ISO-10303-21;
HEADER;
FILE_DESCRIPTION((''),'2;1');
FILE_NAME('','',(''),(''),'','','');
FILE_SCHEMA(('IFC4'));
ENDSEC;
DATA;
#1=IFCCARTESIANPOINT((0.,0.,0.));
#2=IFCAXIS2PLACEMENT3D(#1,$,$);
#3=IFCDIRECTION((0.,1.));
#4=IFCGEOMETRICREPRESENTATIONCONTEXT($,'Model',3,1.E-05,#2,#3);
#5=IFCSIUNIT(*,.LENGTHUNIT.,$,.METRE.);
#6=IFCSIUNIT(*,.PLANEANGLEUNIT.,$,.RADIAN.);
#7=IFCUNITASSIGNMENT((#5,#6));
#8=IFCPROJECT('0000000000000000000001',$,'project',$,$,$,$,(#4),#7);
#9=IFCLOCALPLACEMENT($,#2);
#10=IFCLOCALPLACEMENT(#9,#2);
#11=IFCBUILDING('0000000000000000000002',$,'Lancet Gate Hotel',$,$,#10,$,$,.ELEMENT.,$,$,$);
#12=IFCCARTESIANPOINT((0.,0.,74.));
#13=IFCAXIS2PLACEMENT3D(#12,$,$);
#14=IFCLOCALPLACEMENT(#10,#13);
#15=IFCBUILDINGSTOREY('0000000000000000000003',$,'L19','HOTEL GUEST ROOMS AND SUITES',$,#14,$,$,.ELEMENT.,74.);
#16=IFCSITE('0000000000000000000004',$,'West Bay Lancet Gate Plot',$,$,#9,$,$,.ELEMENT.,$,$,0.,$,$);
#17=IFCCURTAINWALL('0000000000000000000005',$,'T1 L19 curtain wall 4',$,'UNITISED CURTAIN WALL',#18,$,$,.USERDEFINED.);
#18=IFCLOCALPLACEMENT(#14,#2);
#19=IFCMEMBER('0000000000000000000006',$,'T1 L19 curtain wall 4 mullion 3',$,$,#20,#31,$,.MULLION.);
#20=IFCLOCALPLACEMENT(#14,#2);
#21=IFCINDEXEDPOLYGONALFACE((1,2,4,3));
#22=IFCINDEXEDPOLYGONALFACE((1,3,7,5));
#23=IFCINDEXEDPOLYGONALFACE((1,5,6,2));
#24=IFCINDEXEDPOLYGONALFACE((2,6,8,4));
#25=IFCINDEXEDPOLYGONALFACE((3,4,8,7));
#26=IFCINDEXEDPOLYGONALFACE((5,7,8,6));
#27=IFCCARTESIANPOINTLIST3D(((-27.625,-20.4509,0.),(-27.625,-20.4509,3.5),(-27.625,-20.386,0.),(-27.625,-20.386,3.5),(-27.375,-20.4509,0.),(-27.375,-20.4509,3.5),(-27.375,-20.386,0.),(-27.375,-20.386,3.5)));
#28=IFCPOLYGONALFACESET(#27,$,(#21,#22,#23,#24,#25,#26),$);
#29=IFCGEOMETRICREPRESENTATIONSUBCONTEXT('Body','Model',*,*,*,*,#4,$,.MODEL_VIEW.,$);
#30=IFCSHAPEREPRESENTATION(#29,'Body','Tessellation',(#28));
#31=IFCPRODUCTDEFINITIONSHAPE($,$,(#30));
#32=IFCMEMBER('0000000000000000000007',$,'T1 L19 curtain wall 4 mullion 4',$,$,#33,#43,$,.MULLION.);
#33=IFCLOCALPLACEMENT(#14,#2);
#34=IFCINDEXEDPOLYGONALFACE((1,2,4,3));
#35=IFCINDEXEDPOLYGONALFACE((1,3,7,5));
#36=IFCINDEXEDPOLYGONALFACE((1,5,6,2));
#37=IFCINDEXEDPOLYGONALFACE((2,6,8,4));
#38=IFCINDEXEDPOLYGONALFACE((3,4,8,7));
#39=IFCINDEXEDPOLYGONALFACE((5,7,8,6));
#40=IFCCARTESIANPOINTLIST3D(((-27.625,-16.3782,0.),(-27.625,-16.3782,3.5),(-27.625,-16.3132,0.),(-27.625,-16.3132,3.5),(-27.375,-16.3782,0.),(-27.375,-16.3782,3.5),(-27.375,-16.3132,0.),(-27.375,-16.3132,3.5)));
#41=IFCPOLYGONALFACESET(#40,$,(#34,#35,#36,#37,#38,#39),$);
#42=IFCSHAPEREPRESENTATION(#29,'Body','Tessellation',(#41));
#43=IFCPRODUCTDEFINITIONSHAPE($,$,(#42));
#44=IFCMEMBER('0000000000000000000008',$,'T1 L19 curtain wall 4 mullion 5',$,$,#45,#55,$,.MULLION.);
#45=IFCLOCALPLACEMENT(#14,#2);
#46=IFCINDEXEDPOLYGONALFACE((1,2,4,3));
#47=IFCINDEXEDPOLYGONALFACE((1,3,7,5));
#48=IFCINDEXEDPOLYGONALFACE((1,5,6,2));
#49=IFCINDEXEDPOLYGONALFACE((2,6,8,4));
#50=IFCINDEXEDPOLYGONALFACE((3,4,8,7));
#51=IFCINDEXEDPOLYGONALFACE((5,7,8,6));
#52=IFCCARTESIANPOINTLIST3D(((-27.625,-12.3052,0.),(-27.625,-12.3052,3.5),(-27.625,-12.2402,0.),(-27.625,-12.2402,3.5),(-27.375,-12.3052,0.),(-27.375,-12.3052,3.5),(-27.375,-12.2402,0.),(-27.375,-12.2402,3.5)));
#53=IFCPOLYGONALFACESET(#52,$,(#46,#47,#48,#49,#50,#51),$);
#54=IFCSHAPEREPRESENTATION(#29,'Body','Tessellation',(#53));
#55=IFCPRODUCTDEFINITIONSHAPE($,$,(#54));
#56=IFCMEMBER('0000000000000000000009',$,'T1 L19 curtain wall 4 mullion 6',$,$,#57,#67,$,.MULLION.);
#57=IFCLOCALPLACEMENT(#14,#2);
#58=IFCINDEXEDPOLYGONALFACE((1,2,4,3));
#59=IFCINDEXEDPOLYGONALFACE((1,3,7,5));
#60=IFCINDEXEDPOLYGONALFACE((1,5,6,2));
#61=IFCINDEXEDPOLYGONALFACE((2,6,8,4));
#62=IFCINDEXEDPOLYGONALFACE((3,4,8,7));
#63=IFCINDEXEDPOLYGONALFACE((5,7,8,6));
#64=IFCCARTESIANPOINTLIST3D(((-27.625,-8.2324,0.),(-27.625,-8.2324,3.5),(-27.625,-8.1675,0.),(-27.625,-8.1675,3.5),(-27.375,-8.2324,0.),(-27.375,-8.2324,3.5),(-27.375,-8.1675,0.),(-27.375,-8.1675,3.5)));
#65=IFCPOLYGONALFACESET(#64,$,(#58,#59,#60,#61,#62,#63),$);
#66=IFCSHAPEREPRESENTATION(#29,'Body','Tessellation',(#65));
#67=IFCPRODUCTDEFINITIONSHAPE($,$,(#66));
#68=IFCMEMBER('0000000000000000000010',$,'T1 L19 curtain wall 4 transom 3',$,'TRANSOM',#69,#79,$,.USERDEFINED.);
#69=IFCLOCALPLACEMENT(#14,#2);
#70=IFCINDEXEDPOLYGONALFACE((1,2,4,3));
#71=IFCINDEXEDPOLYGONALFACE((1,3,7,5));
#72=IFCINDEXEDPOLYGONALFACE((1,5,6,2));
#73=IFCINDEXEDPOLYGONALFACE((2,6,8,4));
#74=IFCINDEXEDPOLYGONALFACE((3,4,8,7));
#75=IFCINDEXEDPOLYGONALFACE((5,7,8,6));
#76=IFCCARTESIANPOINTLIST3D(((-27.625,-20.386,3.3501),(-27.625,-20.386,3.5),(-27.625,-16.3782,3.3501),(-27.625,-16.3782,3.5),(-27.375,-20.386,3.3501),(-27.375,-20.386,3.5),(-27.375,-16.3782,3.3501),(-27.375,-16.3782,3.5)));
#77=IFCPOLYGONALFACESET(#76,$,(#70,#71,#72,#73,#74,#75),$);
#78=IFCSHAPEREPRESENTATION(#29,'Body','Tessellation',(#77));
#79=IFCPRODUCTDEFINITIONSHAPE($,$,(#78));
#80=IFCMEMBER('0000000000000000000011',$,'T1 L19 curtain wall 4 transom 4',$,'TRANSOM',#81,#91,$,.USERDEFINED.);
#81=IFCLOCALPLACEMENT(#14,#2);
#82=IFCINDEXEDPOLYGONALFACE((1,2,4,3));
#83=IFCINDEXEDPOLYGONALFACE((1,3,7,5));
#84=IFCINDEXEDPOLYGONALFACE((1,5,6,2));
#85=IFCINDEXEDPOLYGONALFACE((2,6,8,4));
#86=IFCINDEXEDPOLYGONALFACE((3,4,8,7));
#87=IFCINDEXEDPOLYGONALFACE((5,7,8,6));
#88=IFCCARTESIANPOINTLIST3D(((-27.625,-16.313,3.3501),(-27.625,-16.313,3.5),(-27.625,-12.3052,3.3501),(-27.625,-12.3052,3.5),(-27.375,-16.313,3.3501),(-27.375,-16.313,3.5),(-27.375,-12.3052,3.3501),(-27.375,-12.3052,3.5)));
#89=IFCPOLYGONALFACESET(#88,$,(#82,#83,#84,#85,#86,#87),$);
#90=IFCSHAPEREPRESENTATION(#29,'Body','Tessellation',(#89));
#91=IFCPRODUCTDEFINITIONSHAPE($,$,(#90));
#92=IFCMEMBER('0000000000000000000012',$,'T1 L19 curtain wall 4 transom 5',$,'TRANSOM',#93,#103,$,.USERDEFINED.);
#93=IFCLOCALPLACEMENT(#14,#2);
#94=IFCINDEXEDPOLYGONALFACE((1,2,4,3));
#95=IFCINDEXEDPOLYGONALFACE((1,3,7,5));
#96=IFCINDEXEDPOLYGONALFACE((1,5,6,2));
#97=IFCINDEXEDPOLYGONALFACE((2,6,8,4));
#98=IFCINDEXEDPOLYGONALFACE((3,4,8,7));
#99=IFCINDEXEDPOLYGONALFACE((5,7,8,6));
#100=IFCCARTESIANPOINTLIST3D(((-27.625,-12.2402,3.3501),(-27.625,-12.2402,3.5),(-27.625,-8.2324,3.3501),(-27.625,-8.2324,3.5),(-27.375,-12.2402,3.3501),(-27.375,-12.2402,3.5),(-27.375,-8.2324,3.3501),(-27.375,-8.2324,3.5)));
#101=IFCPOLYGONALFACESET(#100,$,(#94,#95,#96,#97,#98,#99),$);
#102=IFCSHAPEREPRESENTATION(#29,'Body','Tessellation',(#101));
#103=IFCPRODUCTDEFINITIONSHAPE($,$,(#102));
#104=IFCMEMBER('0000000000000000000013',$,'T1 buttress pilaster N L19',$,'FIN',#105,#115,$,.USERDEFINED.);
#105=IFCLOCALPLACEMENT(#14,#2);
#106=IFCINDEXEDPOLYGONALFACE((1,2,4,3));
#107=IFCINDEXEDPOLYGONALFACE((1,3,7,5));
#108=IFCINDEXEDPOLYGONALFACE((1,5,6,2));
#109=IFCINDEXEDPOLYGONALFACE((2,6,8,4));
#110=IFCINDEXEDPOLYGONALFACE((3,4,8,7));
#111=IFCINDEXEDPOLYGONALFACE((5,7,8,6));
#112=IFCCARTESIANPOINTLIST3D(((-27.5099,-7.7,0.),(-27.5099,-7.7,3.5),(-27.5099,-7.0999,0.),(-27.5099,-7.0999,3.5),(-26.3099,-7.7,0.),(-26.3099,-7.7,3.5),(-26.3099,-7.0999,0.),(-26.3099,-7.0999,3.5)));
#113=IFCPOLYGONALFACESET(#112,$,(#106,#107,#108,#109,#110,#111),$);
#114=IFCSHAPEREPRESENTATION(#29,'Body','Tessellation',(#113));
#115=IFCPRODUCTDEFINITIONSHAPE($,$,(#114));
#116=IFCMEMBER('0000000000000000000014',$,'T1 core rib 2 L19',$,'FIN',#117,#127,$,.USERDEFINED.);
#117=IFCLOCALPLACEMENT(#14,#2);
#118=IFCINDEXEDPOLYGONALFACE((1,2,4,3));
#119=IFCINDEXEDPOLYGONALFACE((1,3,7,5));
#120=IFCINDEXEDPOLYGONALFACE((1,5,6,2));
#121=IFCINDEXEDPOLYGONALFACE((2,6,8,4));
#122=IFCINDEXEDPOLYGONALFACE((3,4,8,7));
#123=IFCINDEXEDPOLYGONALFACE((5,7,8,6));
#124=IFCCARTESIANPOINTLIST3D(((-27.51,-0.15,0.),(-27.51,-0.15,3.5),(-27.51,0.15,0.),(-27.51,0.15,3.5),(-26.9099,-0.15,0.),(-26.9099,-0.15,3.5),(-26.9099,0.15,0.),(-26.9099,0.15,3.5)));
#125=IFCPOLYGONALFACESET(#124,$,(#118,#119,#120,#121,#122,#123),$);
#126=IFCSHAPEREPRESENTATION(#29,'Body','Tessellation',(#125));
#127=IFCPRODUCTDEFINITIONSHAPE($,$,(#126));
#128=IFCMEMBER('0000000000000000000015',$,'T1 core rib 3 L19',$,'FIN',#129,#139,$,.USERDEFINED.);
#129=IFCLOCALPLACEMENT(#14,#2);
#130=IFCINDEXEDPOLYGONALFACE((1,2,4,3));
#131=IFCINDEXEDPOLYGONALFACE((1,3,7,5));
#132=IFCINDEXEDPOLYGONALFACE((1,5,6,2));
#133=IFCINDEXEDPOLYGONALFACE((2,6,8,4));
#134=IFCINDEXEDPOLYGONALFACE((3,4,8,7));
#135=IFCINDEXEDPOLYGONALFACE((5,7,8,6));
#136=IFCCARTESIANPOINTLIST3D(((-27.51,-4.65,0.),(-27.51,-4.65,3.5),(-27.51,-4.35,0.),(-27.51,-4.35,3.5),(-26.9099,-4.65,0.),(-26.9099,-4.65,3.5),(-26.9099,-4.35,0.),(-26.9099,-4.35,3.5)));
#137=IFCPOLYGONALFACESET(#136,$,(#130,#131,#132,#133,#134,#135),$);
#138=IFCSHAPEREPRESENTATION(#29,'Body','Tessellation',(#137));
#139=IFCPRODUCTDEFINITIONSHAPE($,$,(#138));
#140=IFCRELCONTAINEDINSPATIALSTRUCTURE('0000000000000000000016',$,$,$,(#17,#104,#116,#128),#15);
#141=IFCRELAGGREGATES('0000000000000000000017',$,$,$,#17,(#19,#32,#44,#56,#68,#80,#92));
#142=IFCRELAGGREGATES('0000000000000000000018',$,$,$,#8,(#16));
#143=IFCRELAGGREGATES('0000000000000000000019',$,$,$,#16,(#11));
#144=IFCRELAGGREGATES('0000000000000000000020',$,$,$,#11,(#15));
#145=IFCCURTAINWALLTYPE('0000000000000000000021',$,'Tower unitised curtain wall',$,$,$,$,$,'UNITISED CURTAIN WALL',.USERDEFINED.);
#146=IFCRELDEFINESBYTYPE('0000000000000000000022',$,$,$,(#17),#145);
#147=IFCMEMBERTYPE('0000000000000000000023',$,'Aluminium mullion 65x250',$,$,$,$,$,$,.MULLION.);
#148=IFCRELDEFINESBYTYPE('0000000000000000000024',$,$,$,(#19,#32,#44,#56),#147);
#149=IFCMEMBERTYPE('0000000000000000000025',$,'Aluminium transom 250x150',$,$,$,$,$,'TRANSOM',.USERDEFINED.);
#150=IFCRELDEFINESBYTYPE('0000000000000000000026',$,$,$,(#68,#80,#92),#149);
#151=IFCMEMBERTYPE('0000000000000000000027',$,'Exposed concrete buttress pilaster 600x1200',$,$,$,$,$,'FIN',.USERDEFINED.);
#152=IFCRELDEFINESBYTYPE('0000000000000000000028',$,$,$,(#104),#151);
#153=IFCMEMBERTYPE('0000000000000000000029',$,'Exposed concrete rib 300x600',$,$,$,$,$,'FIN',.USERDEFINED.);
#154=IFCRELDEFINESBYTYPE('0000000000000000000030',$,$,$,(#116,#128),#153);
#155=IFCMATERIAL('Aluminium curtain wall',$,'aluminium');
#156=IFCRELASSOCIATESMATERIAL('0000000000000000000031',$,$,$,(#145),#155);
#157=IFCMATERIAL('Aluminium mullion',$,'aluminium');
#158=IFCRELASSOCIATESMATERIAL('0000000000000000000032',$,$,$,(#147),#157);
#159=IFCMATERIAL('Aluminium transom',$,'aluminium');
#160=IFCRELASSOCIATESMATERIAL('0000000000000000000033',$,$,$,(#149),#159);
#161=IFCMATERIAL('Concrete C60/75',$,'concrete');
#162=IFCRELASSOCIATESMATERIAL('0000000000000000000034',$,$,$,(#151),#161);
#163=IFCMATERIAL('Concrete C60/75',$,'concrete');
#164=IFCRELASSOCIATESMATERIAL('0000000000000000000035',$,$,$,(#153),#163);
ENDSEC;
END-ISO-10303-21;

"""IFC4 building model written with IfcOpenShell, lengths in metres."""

from ifc_helpers import new_model, si_unit, direction, frame, origin, origin_2d, place, context, subcontext, project, spatial, rectangle, extrude, material, material_profile, profile_set, type_object, element, aggregate, save


model = new_model("IFC4")

# Units and contexts
model_context = context("Model", 3, precision=1e-05, world=origin(), true_north=direction((0.0, 1.0)))
body_context = subcontext(model_context, "Body", "Model", "MODEL_VIEW")
ifc_project = project(units=[si_unit("LENGTHUNIT", "METRE"), si_unit("PLANEANGLEUNIT", "RADIAN")], contexts=[model_context])

# Site, building, storey
site_placement = place(None, origin())
site = spatial("IfcSite", under=ifc_project, at=site_placement, Name="West Bay Lancet Gate Plot", CompositionType="ELEMENT", RefElevation=0.0)
building_placement = place(site_placement, origin())
building = spatial("IfcBuilding", under=site, at=building_placement, Name="Lancet Gate Hotel", CompositionType="ELEMENT")
storey_placement = place(building_placement, frame((0.0, 0.0, 74.0)))
storey = spatial("IfcBuildingStorey", under=building, at=storey_placement, Name="L19", Description="HOTEL GUEST ROOMS AND SUITES", CompositionType="ELEMENT", Elevation=74.0)

# Curtain wall, members
ifc_material_1 = material(Name="Aluminium curtain wall", Category="aluminium")
curtain_wall_type = type_object("IfcCurtainWallType", Name="Tower unitised curtain wall", ElementType="UNITISED CURTAIN WALL", PredefinedType="USERDEFINED", material=ifc_material_1)
curtain_wall_placement = place(storey_placement, origin())
curtain_wall = element("IfcCurtainWall", 1, at=curtain_wall_placement, inside=storey, type_object=curtain_wall_type, Name="T1 L19 curtain wall 4", ObjectType="UNITISED CURTAIN WALL", PredefinedType="USERDEFINED")
ifc_material_2 = material(Name="Aluminium mullion", Category="aluminium")
ifc_material_profile_1 = material_profile(ifc_material_2, rectangle(XDim=0.0649, YDim=0.25, at=origin_2d()), Name="MULLION 65x250")
ifc_profile_set_1 = profile_set([ifc_material_profile_1], Name="Aluminium mullion")
member_type_1 = type_object("IfcMemberType", Name="Aluminium mullion 65x250", PredefinedType="MULLION", material=ifc_profile_set_1)
member_1_placement = place(storey_placement, frame((-27.5, -20.4185, 0.0), z_axis=(0.0, 0.0, 1.0), x_axis=(0.0, 1.0, 0.0)))
member_1 = element("IfcMember", 2, at=member_1_placement, type_object=member_type_1, Name="T1 L19 curtain wall 4 mullion 3", PredefinedType="MULLION", context=body_context, shape_type="SweptSolid", body=[
    extrude(rectangle(XDim=0.0649, YDim=0.25, at=origin_2d()), origin(), (0.0, 0.0, 1.0), 3.5),
])
member_2_placement = place(storey_placement, frame((-27.5, -16.3457, 0.0), z_axis=(0.0, 0.0, 1.0), x_axis=(0.0, 1.0, 0.0)))
member_2 = element("IfcMember", 3, at=member_2_placement, type_object=member_type_1, Name="T1 L19 curtain wall 4 mullion 4", PredefinedType="MULLION", context=body_context, shape_type="SweptSolid", body=[
    extrude(rectangle(XDim=0.0649, YDim=0.25, at=origin_2d()), origin(), (0.0, 0.0, 1.0), 3.5),
])
member_3_placement = place(storey_placement, frame((-27.5, -12.2727, 0.0), z_axis=(0.0, 0.0, 1.0), x_axis=(0.0, 1.0, 0.0)))
member_3 = element("IfcMember", 4, at=member_3_placement, type_object=member_type_1, Name="T1 L19 curtain wall 4 mullion 5", PredefinedType="MULLION", context=body_context, shape_type="SweptSolid", body=[
    extrude(rectangle(XDim=0.0649, YDim=0.25, at=origin_2d()), origin(), (0.0, 0.0, 1.0), 3.5),
])
member_4_placement = place(storey_placement, frame((-27.5, -8.2, 0.0), z_axis=(0.0, 0.0, 1.0), x_axis=(0.0, 1.0, 0.0)))
member_4 = element("IfcMember", 5, at=member_4_placement, type_object=member_type_1, Name="T1 L19 curtain wall 4 mullion 6", PredefinedType="MULLION", context=body_context, shape_type="SweptSolid", body=[
    extrude(rectangle(XDim=0.0649, YDim=0.25, at=origin_2d()), origin(), (0.0, 0.0, 1.0), 3.5),
])
ifc_material_3 = material(Name="Aluminium transom", Category="aluminium")
ifc_material_profile_2 = material_profile(ifc_material_3, rectangle(XDim=0.25, YDim=0.1499, at=origin_2d()), Name="TRANSOM 250x150")
ifc_profile_set_2 = profile_set([ifc_material_profile_2], Name="Aluminium transom")
member_type_2 = type_object("IfcMemberType", Name="Aluminium transom 250x150", ElementType="TRANSOM", PredefinedType="USERDEFINED", material=ifc_profile_set_2)
member_5_placement = place(storey_placement, frame((-27.5, -20.386, 3.425), z_axis=(0.0, 1.0, 0.0), x_axis=(-1.0, 0.0, 0.0)))
member_5 = element("IfcMember", 6, at=member_5_placement, type_object=member_type_2, Name="T1 L19 curtain wall 4 transom 3", ObjectType="TRANSOM", PredefinedType="USERDEFINED", context=body_context, shape_type="SweptSolid", body=[
    extrude(rectangle(XDim=0.25, YDim=0.1499, at=origin_2d()), origin(), (0.0, 0.0, 1.0), 4.0078),
])
member_6_placement = place(storey_placement, frame((-27.5, -16.313, 3.425), z_axis=(0.0, 1.0, 0.0), x_axis=(-1.0, 0.0, 0.0)))
member_6 = element("IfcMember", 7, at=member_6_placement, type_object=member_type_2, Name="T1 L19 curtain wall 4 transom 4", ObjectType="TRANSOM", PredefinedType="USERDEFINED", context=body_context, shape_type="SweptSolid", body=[
    extrude(rectangle(XDim=0.25, YDim=0.1499, at=origin_2d()), origin(), (0.0, 0.0, 1.0), 4.0078),
])
member_7_placement = place(storey_placement, frame((-27.5, -12.2402, 3.425), z_axis=(0.0, 1.0, 0.0), x_axis=(-1.0, 0.0, 0.0)))
member_7 = element("IfcMember", 8, at=member_7_placement, type_object=member_type_2, Name="T1 L19 curtain wall 4 transom 5", ObjectType="TRANSOM", PredefinedType="USERDEFINED", context=body_context, shape_type="SweptSolid", body=[
    extrude(rectangle(XDim=0.25, YDim=0.1499, at=origin_2d()), origin(), (0.0, 0.0, 1.0), 4.0078),
])

# Members
ifc_material_4 = material(Name="Concrete C60/75", Category="concrete")
ifc_material_profile_3 = material_profile(ifc_material_4, rectangle(XDim=0.6001, YDim=1.2, at=origin_2d()), Name="FIN 600x1200")
ifc_profile_set_3 = profile_set([ifc_material_profile_3], Name="Concrete C60/75")
member_type_3 = type_object("IfcMemberType", Name="Exposed concrete buttress pilaster 600x1200", ElementType="FIN", PredefinedType="USERDEFINED", material=ifc_profile_set_3)
member_8_placement = place(storey_placement, frame((-26.9099, -7.3999, 0.0), z_axis=(0.0, 0.0, 1.0), x_axis=(0.0, 1.0, 0.0)))
element("IfcMember", 9, at=member_8_placement, inside=storey, type_object=member_type_3, Name="T1 buttress pilaster N L19", ObjectType="FIN", PredefinedType="USERDEFINED", context=body_context, shape_type="SweptSolid", body=[
    extrude(rectangle(XDim=0.6001, YDim=1.2, at=origin_2d()), origin(), (0.0, 0.0, 1.0), 3.5),
])
ifc_material_5 = material(Name="Concrete C60/75", Category="concrete")
ifc_material_profile_4 = material_profile(ifc_material_5, rectangle(XDim=0.3, YDim=0.6001, at=origin_2d()), Name="FIN 300x600")
ifc_profile_set_4 = profile_set([ifc_material_profile_4], Name="Concrete C60/75")
member_type_4 = type_object("IfcMemberType", Name="Exposed concrete rib 300x600", ElementType="FIN", PredefinedType="USERDEFINED", material=ifc_profile_set_4)
for number, where, z_axis, x_axis, name in (
    (10, (-27.21, 0.0, 0.0), (0.0, 0.0, 1.0), (0.0, 1.0, 0.0), "T1 core rib 2 L19"),
    (11, (-27.21, -4.5, 0.0), (0.0, 0.0, 1.0), (0.0, 1.0, 0.0), "T1 core rib 3 L19"),
):
    element("IfcMember", number, at=place(storey_placement, frame(where, z_axis=z_axis, x_axis=x_axis)), inside=storey, type_object=member_type_4, Name=name, ObjectType="FIN", PredefinedType="USERDEFINED", context=body_context, shape_type="SweptSolid", body=[
        extrude(rectangle(XDim=0.3, YDim=0.6001, at=origin_2d()), origin(), (0.0, 0.0, 1.0), 3.5),
    ])

aggregate(curtain_wall, [member_1, member_2, member_3, member_4, member_5, member_6, member_7])

save(model, "model.ifc")
